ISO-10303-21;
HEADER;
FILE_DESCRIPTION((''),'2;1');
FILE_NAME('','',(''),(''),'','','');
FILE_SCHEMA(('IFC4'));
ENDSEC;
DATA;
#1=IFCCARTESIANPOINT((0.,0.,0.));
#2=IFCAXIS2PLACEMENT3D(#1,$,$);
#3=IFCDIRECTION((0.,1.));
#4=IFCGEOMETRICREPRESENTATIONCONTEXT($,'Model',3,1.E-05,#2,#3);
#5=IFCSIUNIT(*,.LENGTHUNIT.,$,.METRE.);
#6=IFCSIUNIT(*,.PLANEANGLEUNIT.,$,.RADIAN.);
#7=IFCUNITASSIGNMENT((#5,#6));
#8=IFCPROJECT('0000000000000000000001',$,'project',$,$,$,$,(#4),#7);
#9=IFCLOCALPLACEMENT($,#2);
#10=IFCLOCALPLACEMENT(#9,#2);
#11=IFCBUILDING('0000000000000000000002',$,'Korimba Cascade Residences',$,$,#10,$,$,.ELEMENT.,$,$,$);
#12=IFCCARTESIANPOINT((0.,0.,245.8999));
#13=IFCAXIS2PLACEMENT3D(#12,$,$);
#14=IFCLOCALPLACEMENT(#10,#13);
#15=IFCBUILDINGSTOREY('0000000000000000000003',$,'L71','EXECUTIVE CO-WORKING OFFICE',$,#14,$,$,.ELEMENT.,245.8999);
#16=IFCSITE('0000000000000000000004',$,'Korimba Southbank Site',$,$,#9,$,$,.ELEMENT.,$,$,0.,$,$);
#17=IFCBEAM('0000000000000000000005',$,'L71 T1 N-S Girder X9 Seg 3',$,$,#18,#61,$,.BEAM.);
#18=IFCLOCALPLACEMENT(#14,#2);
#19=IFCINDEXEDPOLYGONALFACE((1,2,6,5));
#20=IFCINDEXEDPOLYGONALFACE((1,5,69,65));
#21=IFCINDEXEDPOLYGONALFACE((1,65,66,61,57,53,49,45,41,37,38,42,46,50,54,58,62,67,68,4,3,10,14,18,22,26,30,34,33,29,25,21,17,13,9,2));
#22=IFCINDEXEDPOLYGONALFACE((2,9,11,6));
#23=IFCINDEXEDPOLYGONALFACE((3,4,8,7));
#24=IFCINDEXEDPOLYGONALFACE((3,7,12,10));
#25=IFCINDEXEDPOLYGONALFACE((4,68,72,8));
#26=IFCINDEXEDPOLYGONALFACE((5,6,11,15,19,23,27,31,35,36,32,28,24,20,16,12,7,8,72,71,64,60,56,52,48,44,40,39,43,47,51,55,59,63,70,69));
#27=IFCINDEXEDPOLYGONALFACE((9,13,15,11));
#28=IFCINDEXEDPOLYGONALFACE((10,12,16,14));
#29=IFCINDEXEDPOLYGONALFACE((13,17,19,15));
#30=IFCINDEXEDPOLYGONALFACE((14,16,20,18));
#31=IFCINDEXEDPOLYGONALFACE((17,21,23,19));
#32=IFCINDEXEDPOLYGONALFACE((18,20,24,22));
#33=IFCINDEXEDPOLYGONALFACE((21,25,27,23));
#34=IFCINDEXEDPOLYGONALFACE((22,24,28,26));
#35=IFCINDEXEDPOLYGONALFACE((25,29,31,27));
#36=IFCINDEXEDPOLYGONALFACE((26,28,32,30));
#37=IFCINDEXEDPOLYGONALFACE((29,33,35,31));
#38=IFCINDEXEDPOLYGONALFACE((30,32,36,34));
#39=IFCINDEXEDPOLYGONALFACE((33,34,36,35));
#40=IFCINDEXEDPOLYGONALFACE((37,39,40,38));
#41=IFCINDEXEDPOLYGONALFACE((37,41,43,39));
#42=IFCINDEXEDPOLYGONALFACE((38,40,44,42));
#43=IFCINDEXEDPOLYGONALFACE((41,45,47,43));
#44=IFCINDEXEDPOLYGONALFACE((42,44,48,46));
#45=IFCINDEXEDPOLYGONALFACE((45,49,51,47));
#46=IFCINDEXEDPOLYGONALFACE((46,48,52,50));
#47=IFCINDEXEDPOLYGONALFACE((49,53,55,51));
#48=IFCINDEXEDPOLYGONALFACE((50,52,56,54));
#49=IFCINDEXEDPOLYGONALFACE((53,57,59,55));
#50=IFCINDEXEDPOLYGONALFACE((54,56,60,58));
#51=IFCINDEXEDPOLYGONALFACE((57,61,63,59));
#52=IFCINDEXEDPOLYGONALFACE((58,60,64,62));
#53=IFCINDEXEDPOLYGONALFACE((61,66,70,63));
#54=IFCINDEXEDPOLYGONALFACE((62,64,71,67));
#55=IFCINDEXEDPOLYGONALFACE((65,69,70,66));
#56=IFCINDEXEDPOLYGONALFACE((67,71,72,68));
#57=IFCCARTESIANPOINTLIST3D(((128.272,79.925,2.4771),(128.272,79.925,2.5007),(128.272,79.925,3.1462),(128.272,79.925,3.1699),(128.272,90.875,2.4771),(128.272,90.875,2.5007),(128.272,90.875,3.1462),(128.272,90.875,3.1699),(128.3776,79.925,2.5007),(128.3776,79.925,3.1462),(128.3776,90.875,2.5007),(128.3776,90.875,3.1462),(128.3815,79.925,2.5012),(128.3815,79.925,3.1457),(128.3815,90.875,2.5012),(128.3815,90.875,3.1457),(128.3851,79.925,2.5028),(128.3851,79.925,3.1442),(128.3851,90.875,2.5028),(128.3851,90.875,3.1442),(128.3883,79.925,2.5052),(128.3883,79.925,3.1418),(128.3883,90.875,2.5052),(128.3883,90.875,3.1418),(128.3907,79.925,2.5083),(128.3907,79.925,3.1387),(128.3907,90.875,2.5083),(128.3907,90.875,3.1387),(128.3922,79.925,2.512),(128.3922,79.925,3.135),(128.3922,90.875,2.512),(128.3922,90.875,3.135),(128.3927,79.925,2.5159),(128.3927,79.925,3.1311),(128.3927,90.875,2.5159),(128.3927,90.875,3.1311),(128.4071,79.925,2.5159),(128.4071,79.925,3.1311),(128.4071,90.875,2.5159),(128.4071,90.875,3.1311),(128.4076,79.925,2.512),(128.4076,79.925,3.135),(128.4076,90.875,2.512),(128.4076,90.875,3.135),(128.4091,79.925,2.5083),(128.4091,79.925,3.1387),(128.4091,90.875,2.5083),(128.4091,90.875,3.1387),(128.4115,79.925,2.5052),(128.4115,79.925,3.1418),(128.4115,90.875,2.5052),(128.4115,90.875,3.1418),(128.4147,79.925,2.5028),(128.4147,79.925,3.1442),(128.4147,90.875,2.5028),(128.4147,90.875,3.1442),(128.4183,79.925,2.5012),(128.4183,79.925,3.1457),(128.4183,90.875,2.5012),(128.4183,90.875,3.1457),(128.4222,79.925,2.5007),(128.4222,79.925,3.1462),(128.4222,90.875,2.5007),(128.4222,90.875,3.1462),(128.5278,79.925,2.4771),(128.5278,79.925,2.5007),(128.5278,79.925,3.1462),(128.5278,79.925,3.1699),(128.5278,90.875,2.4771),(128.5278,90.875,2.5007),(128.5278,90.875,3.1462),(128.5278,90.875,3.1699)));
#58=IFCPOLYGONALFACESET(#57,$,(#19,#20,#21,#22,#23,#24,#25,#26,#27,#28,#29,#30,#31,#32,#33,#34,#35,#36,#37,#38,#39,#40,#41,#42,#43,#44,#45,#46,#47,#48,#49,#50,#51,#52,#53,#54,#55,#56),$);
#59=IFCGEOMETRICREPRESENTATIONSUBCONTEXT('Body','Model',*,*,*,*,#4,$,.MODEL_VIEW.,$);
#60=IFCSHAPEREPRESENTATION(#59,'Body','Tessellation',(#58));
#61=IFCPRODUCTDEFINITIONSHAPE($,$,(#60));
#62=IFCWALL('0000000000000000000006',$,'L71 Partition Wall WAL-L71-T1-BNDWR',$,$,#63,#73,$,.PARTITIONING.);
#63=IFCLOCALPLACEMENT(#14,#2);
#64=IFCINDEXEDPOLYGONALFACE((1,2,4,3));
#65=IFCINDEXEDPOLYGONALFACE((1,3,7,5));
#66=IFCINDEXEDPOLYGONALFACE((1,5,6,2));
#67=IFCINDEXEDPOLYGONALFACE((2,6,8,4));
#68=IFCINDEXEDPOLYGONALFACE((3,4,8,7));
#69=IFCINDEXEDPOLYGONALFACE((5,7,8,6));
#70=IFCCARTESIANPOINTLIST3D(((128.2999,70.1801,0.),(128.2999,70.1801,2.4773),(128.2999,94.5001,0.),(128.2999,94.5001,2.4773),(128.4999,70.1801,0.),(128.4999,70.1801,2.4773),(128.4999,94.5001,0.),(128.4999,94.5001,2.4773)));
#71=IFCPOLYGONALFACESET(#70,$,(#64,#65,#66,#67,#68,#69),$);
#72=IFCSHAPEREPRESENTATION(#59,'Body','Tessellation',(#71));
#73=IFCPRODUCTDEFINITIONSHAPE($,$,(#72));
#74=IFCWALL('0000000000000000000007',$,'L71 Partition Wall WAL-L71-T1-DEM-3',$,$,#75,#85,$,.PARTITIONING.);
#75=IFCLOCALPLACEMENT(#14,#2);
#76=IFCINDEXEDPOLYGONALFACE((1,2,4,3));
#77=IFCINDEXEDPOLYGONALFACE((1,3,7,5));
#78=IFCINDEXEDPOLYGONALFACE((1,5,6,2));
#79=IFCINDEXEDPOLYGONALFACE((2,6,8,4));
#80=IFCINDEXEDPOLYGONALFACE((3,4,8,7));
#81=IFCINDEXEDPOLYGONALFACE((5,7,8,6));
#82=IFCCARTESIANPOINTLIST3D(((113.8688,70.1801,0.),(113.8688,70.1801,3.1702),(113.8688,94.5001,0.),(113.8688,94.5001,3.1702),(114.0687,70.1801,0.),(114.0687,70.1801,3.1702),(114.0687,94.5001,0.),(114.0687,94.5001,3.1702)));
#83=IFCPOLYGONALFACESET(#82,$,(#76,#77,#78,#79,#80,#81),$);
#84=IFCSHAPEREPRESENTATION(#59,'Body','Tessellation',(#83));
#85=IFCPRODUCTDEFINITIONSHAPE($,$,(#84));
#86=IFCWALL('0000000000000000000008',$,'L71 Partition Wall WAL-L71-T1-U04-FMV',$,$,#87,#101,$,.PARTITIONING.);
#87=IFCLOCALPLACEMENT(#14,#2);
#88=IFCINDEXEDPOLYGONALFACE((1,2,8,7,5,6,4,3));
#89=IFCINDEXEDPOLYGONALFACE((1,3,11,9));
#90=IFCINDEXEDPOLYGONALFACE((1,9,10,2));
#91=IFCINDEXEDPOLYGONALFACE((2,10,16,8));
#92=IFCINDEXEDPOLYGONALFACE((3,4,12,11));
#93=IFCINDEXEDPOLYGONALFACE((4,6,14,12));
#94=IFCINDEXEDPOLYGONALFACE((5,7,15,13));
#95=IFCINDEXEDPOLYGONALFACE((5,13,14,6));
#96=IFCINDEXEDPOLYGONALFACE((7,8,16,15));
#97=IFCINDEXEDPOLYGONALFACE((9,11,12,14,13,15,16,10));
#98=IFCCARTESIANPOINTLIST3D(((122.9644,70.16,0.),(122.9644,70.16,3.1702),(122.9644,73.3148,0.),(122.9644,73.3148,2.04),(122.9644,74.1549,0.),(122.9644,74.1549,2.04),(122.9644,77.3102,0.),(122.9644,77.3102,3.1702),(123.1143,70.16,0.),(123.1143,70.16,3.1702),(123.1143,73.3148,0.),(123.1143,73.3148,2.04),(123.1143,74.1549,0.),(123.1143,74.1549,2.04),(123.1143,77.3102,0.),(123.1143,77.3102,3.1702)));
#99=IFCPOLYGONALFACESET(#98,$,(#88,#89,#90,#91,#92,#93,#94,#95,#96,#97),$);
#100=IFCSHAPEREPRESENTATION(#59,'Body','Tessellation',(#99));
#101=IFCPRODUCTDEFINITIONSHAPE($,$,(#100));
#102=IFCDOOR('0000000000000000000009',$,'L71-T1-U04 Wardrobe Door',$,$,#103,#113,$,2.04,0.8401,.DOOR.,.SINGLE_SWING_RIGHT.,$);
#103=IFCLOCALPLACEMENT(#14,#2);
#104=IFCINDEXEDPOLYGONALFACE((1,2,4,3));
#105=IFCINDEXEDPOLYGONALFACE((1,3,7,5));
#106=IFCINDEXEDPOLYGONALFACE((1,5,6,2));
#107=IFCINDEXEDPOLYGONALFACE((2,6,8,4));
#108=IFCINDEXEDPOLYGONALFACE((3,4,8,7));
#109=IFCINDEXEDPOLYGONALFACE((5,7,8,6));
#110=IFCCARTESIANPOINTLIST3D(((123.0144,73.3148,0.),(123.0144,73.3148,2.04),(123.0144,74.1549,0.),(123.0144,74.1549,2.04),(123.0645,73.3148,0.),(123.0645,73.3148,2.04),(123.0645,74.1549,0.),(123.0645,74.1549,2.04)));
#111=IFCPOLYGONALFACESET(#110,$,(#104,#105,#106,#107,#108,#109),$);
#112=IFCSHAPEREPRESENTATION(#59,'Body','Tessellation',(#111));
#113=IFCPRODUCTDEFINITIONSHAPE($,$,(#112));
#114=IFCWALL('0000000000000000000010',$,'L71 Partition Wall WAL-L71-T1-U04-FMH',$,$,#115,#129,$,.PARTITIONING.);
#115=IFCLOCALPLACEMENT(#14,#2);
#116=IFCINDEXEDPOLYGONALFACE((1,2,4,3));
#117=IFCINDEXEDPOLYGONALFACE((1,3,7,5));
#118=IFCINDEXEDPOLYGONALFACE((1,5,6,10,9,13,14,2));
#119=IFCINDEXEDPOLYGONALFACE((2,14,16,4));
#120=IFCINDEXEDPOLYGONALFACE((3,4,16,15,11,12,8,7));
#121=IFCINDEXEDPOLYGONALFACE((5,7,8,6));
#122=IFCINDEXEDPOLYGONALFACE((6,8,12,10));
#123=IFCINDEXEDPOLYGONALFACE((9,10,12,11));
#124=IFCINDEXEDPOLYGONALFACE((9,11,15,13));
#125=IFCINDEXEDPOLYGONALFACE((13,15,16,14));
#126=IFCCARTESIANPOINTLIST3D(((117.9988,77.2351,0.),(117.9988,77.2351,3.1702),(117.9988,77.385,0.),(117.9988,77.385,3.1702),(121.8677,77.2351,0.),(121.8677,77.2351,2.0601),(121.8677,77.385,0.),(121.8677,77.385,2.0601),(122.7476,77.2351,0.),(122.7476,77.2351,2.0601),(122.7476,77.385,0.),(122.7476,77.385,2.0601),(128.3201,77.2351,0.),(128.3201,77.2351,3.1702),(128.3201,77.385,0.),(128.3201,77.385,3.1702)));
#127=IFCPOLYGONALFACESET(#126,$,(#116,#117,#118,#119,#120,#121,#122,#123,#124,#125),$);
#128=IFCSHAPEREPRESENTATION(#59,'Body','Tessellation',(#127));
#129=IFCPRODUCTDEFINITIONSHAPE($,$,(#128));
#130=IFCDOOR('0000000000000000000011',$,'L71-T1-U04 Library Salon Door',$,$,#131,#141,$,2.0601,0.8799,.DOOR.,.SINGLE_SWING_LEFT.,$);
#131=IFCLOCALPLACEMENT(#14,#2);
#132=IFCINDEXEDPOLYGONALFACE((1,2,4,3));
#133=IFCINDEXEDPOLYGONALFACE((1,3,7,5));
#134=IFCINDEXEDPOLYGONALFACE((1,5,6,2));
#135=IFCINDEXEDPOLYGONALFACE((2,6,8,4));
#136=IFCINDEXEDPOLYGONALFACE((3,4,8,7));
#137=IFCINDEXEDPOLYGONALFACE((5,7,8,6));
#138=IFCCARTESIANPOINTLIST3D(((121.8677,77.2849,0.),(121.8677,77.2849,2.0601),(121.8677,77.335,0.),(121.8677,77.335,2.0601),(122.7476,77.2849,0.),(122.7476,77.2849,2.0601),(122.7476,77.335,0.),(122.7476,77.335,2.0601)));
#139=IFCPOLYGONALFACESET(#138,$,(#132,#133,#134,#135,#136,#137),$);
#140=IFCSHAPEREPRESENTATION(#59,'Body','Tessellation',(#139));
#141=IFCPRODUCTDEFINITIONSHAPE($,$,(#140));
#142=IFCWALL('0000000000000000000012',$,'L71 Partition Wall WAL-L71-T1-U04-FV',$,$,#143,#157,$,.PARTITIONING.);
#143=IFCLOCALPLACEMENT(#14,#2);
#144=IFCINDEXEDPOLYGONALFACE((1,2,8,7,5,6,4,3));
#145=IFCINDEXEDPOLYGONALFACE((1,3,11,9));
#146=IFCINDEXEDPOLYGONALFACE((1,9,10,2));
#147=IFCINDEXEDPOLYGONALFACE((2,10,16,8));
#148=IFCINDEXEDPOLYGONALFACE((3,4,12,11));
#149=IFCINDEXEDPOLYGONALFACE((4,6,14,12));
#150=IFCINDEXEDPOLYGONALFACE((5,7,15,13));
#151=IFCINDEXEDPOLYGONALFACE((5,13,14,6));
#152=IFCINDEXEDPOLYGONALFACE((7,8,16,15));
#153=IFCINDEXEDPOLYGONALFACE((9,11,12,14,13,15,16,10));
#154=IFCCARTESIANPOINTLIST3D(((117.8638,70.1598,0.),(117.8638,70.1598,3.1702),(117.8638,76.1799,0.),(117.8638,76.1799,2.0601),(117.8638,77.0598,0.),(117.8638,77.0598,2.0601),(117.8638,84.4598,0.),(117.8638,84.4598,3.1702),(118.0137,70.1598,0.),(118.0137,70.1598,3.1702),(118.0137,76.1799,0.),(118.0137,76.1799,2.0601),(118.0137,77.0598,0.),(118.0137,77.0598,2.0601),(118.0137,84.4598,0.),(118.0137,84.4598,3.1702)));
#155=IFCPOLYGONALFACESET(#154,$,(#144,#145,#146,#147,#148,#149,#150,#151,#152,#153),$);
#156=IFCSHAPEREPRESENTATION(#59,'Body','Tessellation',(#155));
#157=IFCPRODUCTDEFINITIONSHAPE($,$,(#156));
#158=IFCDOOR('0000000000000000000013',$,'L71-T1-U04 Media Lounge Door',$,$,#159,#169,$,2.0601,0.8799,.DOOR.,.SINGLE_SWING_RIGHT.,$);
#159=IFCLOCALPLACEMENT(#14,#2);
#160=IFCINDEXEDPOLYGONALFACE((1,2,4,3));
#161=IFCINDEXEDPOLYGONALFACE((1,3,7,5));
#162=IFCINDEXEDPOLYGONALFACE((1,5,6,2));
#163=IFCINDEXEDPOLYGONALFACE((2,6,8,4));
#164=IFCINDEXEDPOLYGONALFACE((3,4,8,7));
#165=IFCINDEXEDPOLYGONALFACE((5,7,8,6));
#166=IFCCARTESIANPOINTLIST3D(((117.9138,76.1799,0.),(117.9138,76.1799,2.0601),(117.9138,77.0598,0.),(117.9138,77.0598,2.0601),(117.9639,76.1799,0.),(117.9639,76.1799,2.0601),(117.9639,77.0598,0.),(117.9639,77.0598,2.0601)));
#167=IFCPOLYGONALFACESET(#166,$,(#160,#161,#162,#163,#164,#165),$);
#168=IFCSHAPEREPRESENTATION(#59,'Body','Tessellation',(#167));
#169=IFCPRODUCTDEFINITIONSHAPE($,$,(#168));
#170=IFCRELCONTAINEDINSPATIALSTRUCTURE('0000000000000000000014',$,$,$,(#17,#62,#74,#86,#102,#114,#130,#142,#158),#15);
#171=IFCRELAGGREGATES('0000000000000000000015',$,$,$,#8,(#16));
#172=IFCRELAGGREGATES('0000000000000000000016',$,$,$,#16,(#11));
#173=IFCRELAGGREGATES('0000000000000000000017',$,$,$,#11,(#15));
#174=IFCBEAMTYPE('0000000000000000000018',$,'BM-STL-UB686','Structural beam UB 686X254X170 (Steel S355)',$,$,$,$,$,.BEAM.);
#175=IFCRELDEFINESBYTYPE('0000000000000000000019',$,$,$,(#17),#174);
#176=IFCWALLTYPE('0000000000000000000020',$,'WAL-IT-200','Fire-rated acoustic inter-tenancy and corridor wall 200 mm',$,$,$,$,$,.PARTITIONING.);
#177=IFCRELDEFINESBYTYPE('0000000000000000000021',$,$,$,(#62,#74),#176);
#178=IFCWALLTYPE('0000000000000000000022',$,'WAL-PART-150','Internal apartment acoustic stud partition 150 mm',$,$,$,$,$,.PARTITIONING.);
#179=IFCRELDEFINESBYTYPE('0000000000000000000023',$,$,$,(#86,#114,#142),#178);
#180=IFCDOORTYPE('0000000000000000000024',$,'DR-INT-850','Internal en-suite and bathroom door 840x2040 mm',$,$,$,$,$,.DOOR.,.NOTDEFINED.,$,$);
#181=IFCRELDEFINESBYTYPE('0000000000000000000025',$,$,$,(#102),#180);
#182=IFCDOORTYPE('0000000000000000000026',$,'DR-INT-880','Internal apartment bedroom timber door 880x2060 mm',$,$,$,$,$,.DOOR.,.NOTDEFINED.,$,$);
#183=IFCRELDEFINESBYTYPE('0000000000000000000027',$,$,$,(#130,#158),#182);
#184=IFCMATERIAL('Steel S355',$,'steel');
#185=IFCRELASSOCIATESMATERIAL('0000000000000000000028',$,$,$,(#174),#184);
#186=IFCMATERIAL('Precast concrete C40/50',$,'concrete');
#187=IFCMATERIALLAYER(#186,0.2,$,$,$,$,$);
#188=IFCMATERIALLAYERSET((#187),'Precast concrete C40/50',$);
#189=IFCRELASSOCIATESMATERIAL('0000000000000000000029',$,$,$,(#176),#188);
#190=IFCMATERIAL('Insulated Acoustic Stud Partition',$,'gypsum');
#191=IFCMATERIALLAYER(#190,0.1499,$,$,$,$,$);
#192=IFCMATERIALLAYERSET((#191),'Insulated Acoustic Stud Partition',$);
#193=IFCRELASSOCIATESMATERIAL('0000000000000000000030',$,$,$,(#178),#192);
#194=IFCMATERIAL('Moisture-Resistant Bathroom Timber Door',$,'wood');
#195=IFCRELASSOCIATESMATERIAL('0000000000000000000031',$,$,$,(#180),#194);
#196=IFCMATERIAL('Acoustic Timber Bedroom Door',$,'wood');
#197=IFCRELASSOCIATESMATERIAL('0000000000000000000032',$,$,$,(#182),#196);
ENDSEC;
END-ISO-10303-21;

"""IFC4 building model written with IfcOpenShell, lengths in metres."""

from ifc_helpers import new_model, si_unit, direction, frame, frame_2d, origin, origin_2d, place, context, subcontext, project, spatial, rectangle, i_section, extrude, material, layer, layer_set, material_profile, profile_set, type_object, element, fill, save


model = new_model("IFC4")

# Units and contexts
model_context = context("Model", 3, precision=1e-05, world=origin(), true_north=direction((0.0, 1.0)))
body_context = subcontext(model_context, "Body", "Model", "MODEL_VIEW")
ifc_project = project(units=[si_unit("LENGTHUNIT", "METRE"), si_unit("PLANEANGLEUNIT", "RADIAN")], contexts=[model_context])

# Site, building, storey
site_placement = place(None, origin())
site = spatial("IfcSite", under=ifc_project, at=site_placement, Name="Korimba Southbank Site", CompositionType="ELEMENT", RefElevation=0.0)
building_placement = place(site_placement, origin())
building = spatial("IfcBuilding", under=site, at=building_placement, Name="Korimba Cascade Residences", CompositionType="ELEMENT")
storey_placement = place(building_placement, frame((0.0, 0.0, 245.8999)))
storey = spatial("IfcBuildingStorey", under=building, at=storey_placement, Name="L71", Description="EXECUTIVE CO-WORKING OFFICE", CompositionType="ELEMENT", Elevation=245.8999)

# Beam
ifc_material_1 = material(Name="Steel S355", Category="steel")
ifc_material_profile_1 = material_profile(ifc_material_1, i_section(OverallWidth=0.2559, OverallDepth=0.6929, WebThickness=0.0144, FlangeThickness=0.0237, FilletRadius=0.0151, at=origin_2d()), Name="Steel S355")
ifc_profile_set_1 = profile_set([ifc_material_profile_1], Name="Steel S355")
beam_type_1 = type_object("IfcBeamType", Name="BM-STL-UB686", Description="Structural beam UB 686X254X170 (Steel S355)", PredefinedType="BEAM", material=ifc_profile_set_1)
beam_1_placement = place(storey_placement, frame((128.3999, 79.925, 2.8235), z_axis=(0.0, 1.0, 0.0), x_axis=(-1.0, 0.0, 0.0)))
element("IfcBeam", 1, at=beam_1_placement, inside=storey, type_object=beam_type_1, Name="L71 T1 N-S Girder X9 Seg 3", PredefinedType="BEAM", context=body_context, shape_type="SweptSolid", body=[
    extrude(i_section(OverallWidth=0.2559, OverallDepth=0.6929, WebThickness=0.0144, FlangeThickness=0.0237, FilletRadius=0.0151, at=origin_2d()), origin(), (0.0, 0.0, 1.0), 10.95),
])

# Walls
ifc_material_2 = material(Name="Precast concrete C40/50", Category="concrete")
ifc_layer_1 = layer(ifc_material_2, 0.2)
ifc_layer_set_1 = layer_set([ifc_layer_1], Name="Precast concrete C40/50")
wall_type_1 = type_object("IfcWallType", Name="WAL-IT-200", Description="Fire-rated acoustic inter-tenancy and corridor wall 200 mm", PredefinedType="PARTITIONING", material=ifc_layer_set_1)
wall_1_placement = place(storey_placement, frame((128.3999, 70.1799, 0.0), z_axis=(0.0, 0.0, 1.0), x_axis=(0.0, 1.0, 0.0)))
element("IfcWall", 2, at=wall_1_placement, inside=storey, type_object=wall_type_1, Name="L71 Partition Wall WAL-L71-T1-BNDWR", PredefinedType="PARTITIONING", context=body_context, shape_type="SweptSolid", body=[
    extrude(rectangle(XDim=24.3201, YDim=0.2, at=frame_2d((12.1602, 0.0))), origin(), (0.0, 0.0, 1.0), 2.4773),
])
wall_2_placement = place(storey_placement, frame((113.9688, 70.1799, 0.0), z_axis=(0.0, 0.0, 1.0), x_axis=(0.0, 1.0, 0.0)))
element("IfcWall", 3, at=wall_2_placement, inside=storey, type_object=wall_type_1, Name="L71 Partition Wall WAL-L71-T1-DEM-3", PredefinedType="PARTITIONING", context=body_context, shape_type="SweptSolid", body=[
    extrude(rectangle(XDim=24.3201, YDim=0.2, at=frame_2d((12.1602, 0.0))), origin(), (0.0, 0.0, 1.0), 3.1702),
])

# Walls, openings, doors
ifc_material_3 = material(Name="Insulated Acoustic Stud Partition", Category="gypsum")
ifc_layer_2 = layer(ifc_material_3, 0.1499)
ifc_layer_set_2 = layer_set([ifc_layer_2], Name="Insulated Acoustic Stud Partition")
wall_type_2 = type_object("IfcWallType", Name="WAL-PART-150", Description="Internal apartment acoustic stud partition 150 mm", PredefinedType="PARTITIONING", material=ifc_layer_set_2)
wall_3_placement = place(storey_placement, frame((123.0393, 70.1599, 0.0), z_axis=(0.0, 0.0, 1.0), x_axis=(0.0, 1.0, 0.0)))
wall_3 = element("IfcWall", 4, at=wall_3_placement, inside=storey, type_object=wall_type_2, Name="L71 Partition Wall WAL-L71-T1-U04-FMV", PredefinedType="PARTITIONING", context=body_context, shape_type="SweptSolid", body=[
    extrude(rectangle(XDim=7.1501, YDim=0.1499, at=frame_2d((3.5752, 0.0))), origin(), (0.0, 0.0, 1.0), 3.1702),
])
opening_1_placement = place(wall_3_placement, frame((3.155, 0.0, 0.0)))
opening_1 = element("IfcOpeningElement", 5, at=opening_1_placement, cuts=wall_3, PredefinedType="OPENING", context=body_context, shape_type="SweptSolid", body=[
    extrude(rectangle(XDim=0.8401, YDim=2.04, at=frame_2d((0.4199, 1.02))), frame((0.0, 0.085, 0.0), z_axis=(0.0, -1.0, 0.0), x_axis=(1.0, 0.0, 0.0)), (0.0, 0.0, 1.0), 0.1699),
])
ifc_material_4 = material(Name="Moisture-Resistant Bathroom Timber Door", Category="wood")
door_type_1 = type_object("IfcDoorType", Name="DR-INT-850", Description="Internal en-suite and bathroom door 840x2040 mm", OperationType="NOTDEFINED", PredefinedType="DOOR", material=ifc_material_4)
door_1_placement = place(opening_1_placement, origin())
door_1 = element("IfcDoor", 6, at=door_1_placement, inside=storey, type_object=door_type_1, Name="L71-T1-U04 Wardrobe Door", OperationType="SINGLE_SWING_RIGHT", OverallHeight=2.04, OverallWidth=0.8401, PredefinedType="DOOR", context=body_context, shape_type="SweptSolid", body=[
    extrude(rectangle(XDim=0.8401, YDim=2.04, at=frame_2d((0.4199, 1.02))), frame((0.0, 0.0249, 0.0), z_axis=(0.0, -1.0, 0.0), x_axis=(1.0, 0.0, 0.0)), (0.0, 0.0, 1.0), 0.05),
])
fill(opening_1, door_1)
wall_4_placement = place(storey_placement, frame((117.9988, 77.3101, 0.0), z_axis=(0.0, 0.0, 1.0), x_axis=(1.0, 0.0, 0.0)))
wall_4 = element("IfcWall", 7, at=wall_4_placement, inside=storey, type_object=wall_type_2, Name="L71 Partition Wall WAL-L71-T1-U04-FMH", PredefinedType="PARTITIONING", context=body_context, shape_type="SweptSolid", body=[
    extrude(rectangle(XDim=10.3213, YDim=0.1499, at=frame_2d((5.1606, 0.0))), origin(), (0.0, 0.0, 1.0), 3.1702),
])
opening_2_placement = place(wall_4_placement, frame((3.8689, 0.0, 0.0)))
opening_2 = element("IfcOpeningElement", 8, at=opening_2_placement, cuts=wall_4, PredefinedType="OPENING", context=body_context, shape_type="SweptSolid", body=[
    extrude(rectangle(XDim=0.8799, YDim=2.0601, at=frame_2d((0.4399, 1.03))), frame((0.0, 0.085, 0.0), z_axis=(0.0, -1.0, 0.0), x_axis=(1.0, 0.0, 0.0)), (0.0, 0.0, 1.0), 0.1699),
])
ifc_material_5 = material(Name="Acoustic Timber Bedroom Door", Category="wood")
door_type_2 = type_object("IfcDoorType", Name="DR-INT-880", Description="Internal apartment bedroom timber door 880x2060 mm", OperationType="NOTDEFINED", PredefinedType="DOOR", material=ifc_material_5)
door_2_placement = place(opening_2_placement, origin())
door_2 = element("IfcDoor", 9, at=door_2_placement, inside=storey, type_object=door_type_2, Name="L71-T1-U04 Library Salon Door", OperationType="SINGLE_SWING_LEFT", OverallHeight=2.0601, OverallWidth=0.8799, PredefinedType="DOOR", context=body_context, shape_type="SweptSolid", body=[
    extrude(rectangle(XDim=0.8799, YDim=2.0601, at=frame_2d((0.4399, 1.03))), frame((0.0, 0.0249, 0.0), z_axis=(0.0, -1.0, 0.0), x_axis=(1.0, 0.0, 0.0)), (0.0, 0.0, 1.0), 0.05),
])
fill(opening_2, door_2)
wall_5_placement = place(storey_placement, frame((117.9387, 70.1599, 0.0), z_axis=(0.0, 0.0, 1.0), x_axis=(0.0, 1.0, 0.0)))
wall_5 = element("IfcWall", 10, at=wall_5_placement, inside=storey, type_object=wall_type_2, Name="L71 Partition Wall WAL-L71-T1-U04-FV", PredefinedType="PARTITIONING", context=body_context, shape_type="SweptSolid", body=[
    extrude(rectangle(XDim=14.3, YDim=0.1499, at=frame_2d((7.1499, 0.0))), origin(), (0.0, 0.0, 1.0), 3.1702),
])
opening_3_placement = place(wall_5_placement, frame((6.02, 0.0, 0.0)))
opening_3 = element("IfcOpeningElement", 11, at=opening_3_placement, cuts=wall_5, PredefinedType="OPENING", context=body_context, shape_type="SweptSolid", body=[
    extrude(rectangle(XDim=0.8799, YDim=2.0601, at=frame_2d((0.4399, 1.03))), frame((0.0, 0.085, 0.0), z_axis=(0.0, -1.0, 0.0), x_axis=(1.0, 0.0, 0.0)), (0.0, 0.0, 1.0), 0.1699),
])
door_3_placement = place(opening_3_placement, origin())
door_3 = element("IfcDoor", 12, at=door_3_placement, inside=storey, type_object=door_type_2, Name="L71-T1-U04 Media Lounge Door", OperationType="SINGLE_SWING_RIGHT", OverallHeight=2.0601, OverallWidth=0.8799, PredefinedType="DOOR", context=body_context, shape_type="SweptSolid", body=[
    extrude(rectangle(XDim=0.8799, YDim=2.0601, at=frame_2d((0.4399, 1.03))), frame((0.0, 0.0249, 0.0), z_axis=(0.0, -1.0, 0.0), x_axis=(1.0, 0.0, 0.0)), (0.0, 0.0, 1.0), 0.05),
])
fill(opening_3, door_3)

save(model, "model.ifc")
